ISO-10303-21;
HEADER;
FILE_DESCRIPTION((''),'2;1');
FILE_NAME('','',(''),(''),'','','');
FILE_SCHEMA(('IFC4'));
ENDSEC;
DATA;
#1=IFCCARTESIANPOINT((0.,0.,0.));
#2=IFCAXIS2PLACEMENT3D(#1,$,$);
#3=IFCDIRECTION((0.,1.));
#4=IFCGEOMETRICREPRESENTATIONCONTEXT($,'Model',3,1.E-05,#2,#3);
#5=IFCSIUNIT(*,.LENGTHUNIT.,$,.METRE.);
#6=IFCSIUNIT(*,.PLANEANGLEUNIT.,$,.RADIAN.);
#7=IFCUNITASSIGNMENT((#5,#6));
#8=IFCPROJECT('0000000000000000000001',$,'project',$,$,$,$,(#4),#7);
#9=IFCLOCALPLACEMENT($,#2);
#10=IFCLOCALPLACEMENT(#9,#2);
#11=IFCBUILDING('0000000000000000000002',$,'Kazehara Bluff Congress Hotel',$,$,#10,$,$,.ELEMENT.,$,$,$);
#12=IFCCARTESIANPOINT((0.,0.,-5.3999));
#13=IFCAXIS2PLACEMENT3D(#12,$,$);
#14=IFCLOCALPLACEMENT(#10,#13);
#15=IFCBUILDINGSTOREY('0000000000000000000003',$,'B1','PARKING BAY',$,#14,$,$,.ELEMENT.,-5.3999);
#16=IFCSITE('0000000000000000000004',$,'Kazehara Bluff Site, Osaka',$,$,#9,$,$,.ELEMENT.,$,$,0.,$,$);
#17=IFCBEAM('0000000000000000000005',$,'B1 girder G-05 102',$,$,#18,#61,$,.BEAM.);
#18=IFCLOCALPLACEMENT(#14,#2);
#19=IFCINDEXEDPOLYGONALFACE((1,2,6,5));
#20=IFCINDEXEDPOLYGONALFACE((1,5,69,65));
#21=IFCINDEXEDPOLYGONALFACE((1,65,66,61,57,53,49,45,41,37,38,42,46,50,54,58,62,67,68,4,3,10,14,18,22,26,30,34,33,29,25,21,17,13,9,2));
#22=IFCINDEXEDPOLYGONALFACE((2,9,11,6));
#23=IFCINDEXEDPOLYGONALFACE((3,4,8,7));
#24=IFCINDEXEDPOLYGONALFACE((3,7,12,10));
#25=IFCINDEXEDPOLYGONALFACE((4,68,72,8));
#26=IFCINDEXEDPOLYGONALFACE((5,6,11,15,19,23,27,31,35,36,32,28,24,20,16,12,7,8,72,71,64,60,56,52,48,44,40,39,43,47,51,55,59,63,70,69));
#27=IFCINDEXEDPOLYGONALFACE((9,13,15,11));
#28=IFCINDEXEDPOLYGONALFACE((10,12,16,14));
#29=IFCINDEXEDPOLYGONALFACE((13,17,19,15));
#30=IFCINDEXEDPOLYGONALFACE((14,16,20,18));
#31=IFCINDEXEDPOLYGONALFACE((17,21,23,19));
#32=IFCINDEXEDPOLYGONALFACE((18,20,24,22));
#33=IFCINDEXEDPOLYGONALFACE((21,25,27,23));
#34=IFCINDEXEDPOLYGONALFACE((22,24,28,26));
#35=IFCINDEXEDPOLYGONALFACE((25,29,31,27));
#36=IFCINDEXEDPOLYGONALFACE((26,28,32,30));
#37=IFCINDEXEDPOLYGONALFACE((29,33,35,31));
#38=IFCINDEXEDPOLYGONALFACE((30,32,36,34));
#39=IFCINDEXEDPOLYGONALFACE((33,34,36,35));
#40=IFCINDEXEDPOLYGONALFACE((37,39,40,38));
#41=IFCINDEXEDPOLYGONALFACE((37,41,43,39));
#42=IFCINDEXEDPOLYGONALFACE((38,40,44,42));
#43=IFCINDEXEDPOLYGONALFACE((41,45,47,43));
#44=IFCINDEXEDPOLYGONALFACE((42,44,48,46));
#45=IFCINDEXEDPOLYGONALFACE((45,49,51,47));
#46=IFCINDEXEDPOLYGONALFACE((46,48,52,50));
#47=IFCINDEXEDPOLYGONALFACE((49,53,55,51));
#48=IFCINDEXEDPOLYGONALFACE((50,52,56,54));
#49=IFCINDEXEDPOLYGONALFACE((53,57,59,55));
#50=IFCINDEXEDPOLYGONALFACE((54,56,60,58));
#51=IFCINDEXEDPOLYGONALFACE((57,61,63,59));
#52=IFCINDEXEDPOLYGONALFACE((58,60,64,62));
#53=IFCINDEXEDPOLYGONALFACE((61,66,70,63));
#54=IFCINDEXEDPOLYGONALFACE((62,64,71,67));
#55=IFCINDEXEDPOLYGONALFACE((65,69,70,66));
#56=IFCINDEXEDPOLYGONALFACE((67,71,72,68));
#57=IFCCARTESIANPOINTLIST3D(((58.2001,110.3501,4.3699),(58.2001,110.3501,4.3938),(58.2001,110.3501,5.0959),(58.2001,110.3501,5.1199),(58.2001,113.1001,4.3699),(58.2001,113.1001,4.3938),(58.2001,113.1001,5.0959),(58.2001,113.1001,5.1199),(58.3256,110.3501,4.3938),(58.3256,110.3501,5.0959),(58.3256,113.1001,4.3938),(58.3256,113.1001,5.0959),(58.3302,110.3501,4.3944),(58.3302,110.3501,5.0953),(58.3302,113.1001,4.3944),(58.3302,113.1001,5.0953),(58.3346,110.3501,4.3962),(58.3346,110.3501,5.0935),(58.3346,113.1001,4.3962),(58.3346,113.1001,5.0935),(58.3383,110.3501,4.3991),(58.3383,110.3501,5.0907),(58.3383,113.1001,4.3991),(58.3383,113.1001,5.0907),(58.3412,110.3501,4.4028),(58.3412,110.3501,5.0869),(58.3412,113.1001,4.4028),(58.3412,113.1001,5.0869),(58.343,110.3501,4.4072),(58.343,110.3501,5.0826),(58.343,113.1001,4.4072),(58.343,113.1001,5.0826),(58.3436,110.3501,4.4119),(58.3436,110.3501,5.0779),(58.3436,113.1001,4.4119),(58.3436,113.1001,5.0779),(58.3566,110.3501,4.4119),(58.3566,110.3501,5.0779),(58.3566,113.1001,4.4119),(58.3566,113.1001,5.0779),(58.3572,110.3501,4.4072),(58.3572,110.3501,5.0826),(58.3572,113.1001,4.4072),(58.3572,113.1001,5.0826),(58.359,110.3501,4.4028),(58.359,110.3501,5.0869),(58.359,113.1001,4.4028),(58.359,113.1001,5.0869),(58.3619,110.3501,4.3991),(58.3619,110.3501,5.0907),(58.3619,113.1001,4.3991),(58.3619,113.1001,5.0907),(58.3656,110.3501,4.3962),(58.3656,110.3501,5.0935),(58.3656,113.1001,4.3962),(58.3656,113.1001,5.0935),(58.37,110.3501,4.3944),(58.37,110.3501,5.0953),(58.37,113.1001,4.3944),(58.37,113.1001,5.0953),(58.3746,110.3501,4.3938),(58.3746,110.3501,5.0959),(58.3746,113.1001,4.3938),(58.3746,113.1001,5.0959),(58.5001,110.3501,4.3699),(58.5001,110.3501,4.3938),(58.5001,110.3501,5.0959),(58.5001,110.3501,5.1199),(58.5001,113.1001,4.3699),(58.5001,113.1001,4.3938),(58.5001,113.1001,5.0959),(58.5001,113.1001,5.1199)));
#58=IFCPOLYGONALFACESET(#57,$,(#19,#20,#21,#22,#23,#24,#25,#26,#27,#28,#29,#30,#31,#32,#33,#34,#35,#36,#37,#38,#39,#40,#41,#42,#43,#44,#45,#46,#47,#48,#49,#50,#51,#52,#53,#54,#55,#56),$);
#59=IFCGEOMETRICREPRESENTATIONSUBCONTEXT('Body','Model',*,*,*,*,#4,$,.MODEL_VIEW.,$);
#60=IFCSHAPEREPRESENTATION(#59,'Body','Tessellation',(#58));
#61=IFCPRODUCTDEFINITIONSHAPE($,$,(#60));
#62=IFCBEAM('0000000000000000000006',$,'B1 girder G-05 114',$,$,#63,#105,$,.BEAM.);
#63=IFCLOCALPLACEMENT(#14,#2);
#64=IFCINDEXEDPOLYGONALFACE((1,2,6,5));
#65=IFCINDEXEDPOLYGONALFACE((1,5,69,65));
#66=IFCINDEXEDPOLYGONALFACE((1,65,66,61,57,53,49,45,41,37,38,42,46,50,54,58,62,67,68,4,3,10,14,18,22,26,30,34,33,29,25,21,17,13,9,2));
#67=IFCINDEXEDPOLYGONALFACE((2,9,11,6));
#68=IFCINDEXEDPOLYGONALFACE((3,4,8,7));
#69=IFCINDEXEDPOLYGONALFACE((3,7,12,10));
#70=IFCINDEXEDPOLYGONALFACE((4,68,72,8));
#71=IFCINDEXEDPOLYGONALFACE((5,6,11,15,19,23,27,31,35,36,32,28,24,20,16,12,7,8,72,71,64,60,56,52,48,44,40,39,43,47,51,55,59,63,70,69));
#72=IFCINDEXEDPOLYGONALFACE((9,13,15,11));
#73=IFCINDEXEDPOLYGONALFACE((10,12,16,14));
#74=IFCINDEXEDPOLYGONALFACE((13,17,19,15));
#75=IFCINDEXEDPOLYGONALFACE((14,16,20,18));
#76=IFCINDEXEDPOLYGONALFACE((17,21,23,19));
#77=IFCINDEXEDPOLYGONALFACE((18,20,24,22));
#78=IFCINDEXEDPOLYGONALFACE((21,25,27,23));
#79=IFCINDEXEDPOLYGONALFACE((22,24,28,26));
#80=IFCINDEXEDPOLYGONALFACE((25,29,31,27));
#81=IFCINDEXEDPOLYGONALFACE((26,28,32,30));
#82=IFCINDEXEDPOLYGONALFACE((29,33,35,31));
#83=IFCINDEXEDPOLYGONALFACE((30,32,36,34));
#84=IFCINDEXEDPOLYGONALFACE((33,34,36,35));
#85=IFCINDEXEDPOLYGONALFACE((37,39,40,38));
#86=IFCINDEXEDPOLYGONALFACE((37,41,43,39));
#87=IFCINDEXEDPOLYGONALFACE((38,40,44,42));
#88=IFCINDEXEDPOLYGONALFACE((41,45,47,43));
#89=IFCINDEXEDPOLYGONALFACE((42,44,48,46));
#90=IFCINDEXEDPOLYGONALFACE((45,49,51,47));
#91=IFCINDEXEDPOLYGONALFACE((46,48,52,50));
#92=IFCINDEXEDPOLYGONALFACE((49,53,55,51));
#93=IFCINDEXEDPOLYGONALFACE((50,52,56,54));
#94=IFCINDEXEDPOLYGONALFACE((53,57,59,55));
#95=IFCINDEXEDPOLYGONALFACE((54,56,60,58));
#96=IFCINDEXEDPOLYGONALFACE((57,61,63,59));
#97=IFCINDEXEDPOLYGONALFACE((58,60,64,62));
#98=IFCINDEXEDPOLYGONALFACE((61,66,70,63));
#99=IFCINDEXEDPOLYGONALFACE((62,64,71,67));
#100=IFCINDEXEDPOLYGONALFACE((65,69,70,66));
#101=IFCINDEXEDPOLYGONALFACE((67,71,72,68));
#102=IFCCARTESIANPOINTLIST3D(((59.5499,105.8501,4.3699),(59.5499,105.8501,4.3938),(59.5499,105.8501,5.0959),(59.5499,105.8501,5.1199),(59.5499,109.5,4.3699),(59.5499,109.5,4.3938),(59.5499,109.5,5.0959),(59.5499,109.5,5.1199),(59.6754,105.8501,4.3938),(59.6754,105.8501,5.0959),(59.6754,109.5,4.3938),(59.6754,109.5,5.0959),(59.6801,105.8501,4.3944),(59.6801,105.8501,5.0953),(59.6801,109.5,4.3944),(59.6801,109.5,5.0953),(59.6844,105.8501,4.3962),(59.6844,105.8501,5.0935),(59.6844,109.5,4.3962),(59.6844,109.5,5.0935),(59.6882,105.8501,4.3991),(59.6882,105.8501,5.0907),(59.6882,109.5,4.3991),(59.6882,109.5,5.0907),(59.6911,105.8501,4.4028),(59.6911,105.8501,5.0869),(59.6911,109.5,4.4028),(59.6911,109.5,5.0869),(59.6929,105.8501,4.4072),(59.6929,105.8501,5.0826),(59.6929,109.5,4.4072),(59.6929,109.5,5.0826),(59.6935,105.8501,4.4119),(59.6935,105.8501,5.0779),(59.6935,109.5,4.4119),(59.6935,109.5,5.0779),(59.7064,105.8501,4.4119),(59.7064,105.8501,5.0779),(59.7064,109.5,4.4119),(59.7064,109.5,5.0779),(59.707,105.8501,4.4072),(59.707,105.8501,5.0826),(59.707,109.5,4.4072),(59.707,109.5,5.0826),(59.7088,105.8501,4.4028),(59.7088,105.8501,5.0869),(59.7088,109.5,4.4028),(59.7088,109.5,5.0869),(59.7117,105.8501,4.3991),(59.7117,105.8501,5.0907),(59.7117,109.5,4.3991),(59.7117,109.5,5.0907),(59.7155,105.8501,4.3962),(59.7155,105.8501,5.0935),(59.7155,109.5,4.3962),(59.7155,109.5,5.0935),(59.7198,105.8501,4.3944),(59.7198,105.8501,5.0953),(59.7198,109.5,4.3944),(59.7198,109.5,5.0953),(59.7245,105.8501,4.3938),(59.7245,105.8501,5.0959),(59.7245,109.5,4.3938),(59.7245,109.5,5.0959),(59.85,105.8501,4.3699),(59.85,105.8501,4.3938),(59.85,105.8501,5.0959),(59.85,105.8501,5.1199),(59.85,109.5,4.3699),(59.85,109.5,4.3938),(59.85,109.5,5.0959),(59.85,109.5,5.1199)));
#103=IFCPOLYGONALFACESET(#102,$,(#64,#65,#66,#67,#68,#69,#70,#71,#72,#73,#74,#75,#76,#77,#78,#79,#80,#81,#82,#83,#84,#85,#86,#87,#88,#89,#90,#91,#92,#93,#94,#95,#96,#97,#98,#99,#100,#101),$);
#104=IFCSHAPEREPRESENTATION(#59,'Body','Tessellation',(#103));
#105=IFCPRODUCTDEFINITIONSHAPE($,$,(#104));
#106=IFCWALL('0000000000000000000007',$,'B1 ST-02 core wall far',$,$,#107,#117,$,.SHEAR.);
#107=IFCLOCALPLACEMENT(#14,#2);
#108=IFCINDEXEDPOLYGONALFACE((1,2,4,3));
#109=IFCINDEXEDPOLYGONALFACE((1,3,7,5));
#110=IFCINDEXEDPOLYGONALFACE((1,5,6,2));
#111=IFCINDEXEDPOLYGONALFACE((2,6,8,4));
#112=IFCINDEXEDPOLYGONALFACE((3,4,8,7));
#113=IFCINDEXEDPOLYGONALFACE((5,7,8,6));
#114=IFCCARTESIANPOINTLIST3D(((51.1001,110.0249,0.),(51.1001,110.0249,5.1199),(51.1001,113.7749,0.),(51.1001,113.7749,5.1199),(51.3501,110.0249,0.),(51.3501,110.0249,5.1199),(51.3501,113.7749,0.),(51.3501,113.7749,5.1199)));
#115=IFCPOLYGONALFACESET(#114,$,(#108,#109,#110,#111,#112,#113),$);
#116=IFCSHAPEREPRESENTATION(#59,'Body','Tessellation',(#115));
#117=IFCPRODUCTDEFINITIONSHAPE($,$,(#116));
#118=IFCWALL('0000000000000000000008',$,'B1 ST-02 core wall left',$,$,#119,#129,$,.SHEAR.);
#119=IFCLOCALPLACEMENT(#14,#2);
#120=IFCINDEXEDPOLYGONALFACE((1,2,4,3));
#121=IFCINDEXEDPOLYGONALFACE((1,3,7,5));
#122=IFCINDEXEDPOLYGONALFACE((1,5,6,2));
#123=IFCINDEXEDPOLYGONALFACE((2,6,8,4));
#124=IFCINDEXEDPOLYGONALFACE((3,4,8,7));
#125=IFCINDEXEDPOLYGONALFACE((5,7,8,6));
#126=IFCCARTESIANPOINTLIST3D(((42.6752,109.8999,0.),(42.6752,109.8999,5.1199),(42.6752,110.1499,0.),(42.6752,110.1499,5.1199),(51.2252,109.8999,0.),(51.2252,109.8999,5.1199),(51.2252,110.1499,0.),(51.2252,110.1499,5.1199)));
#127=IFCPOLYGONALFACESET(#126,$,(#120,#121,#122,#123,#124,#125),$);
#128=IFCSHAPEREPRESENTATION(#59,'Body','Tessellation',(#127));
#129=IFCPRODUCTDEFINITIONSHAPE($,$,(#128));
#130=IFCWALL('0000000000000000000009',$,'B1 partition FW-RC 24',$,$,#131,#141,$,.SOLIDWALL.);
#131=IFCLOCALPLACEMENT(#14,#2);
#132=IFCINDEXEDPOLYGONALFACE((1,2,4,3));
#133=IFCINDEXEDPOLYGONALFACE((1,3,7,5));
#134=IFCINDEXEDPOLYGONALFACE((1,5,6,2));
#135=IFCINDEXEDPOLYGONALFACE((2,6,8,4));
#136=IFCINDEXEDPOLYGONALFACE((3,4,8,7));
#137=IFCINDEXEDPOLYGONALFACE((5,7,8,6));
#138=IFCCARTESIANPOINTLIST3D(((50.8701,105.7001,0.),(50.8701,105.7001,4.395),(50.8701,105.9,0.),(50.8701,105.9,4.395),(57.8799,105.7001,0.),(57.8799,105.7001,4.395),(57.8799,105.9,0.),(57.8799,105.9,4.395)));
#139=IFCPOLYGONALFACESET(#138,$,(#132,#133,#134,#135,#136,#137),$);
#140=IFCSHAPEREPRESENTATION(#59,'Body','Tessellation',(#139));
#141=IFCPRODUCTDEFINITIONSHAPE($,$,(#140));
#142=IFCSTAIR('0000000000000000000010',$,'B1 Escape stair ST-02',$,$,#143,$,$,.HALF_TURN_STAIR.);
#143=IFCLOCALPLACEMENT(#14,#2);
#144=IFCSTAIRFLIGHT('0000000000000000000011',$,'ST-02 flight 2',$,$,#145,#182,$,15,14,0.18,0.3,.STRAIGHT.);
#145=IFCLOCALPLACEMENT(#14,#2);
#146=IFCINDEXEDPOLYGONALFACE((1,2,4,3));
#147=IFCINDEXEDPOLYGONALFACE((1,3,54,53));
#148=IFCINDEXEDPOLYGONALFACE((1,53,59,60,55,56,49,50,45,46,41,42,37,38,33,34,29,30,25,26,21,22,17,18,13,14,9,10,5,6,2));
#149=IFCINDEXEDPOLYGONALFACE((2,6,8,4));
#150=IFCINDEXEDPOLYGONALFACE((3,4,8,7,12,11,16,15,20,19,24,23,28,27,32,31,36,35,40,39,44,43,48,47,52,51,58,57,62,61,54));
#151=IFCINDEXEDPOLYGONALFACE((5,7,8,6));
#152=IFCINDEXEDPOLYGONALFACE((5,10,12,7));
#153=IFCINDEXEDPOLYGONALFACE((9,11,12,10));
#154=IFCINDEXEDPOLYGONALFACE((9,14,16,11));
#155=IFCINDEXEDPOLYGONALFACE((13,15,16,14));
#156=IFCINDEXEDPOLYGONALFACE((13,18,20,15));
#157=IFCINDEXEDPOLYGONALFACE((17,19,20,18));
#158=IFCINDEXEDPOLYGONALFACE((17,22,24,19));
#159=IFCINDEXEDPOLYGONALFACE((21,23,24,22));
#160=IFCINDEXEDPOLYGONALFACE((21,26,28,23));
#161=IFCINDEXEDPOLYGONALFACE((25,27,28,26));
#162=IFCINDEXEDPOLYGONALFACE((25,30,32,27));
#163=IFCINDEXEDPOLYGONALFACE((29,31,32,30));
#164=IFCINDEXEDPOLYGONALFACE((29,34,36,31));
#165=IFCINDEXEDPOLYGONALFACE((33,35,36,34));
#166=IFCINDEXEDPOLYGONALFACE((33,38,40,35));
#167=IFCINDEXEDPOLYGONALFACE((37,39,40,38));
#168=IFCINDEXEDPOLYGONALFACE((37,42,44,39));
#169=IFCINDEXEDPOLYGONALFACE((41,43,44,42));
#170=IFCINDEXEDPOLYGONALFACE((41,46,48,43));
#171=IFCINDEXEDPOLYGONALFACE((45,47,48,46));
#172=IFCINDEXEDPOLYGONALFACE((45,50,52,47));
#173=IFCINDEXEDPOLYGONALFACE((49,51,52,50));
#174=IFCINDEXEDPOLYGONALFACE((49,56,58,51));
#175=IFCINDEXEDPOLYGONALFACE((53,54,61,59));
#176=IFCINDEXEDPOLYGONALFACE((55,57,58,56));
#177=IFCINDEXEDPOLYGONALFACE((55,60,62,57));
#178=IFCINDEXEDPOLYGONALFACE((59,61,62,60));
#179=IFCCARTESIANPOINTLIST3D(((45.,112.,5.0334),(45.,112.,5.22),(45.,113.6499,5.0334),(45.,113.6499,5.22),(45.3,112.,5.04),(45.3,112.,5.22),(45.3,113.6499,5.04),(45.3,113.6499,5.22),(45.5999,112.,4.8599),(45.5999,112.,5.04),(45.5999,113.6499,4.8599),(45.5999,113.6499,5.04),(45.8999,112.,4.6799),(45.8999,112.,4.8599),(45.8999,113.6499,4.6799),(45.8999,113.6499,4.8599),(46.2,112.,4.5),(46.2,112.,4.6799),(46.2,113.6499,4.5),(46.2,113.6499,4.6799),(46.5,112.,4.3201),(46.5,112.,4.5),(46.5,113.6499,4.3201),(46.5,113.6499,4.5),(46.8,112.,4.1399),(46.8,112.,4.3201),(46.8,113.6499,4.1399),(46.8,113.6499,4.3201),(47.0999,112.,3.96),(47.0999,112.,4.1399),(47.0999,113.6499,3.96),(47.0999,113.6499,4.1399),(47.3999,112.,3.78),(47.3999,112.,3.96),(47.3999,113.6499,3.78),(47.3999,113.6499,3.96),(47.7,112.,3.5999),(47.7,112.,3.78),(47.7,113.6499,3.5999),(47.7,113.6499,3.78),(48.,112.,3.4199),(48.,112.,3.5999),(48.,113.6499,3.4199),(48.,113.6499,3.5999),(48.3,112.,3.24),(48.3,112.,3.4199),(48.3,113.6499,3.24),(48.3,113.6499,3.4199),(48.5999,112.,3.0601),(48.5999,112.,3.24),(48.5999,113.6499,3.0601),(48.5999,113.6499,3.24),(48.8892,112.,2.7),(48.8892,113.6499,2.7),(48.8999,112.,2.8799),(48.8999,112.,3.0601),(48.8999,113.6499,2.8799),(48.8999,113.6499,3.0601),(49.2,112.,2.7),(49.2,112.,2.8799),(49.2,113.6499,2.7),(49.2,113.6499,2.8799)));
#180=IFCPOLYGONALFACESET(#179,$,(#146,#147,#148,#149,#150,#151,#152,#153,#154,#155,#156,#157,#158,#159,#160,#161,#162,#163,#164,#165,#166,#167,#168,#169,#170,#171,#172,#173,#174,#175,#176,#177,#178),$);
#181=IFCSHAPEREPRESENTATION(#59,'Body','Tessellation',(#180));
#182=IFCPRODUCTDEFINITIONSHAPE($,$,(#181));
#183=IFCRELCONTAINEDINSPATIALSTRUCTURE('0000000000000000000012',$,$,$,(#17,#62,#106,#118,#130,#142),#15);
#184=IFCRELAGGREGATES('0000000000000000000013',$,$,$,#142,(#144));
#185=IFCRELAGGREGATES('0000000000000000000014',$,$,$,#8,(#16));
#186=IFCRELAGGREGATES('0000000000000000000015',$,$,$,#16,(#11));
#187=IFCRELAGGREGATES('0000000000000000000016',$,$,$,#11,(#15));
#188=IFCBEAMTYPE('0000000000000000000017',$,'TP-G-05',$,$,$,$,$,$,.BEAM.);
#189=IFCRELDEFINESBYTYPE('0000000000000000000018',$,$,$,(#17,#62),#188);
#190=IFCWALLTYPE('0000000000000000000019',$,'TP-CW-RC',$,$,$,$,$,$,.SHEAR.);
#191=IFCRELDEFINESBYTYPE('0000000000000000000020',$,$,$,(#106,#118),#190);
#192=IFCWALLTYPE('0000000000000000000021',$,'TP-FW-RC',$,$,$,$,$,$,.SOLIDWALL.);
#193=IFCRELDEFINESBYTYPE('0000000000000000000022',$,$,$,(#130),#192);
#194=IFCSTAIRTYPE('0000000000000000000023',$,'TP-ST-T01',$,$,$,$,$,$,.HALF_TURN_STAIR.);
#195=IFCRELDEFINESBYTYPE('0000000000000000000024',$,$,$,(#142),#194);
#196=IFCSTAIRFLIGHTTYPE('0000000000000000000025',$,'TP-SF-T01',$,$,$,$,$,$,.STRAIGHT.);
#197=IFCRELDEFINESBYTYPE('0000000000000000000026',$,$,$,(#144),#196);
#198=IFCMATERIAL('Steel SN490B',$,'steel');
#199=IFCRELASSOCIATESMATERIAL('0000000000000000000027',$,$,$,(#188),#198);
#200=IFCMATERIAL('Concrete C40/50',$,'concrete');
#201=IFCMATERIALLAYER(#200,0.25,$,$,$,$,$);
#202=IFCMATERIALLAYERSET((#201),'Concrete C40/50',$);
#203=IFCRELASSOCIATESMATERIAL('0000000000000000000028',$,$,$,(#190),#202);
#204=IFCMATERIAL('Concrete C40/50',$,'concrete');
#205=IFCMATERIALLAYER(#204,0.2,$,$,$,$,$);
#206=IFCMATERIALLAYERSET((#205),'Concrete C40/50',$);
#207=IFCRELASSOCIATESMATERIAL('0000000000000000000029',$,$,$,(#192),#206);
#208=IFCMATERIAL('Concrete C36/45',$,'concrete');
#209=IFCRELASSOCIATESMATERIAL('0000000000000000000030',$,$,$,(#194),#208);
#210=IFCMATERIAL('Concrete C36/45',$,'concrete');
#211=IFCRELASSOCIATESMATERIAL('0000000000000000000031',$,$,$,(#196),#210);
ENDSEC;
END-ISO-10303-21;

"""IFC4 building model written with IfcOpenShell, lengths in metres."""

from ifc_helpers import new_model, si_unit, direction, frame, frame_2d, origin, origin_2d, place, context, subcontext, project, spatial, polyline, rectangle, i_section, outline, extrude, material, layer, layer_set, material_profile, profile_set, type_object, element, aggregate, save


model = new_model("IFC4")

# Units and contexts
model_context = context("Model", 3, precision=1e-05, world=origin(), true_north=direction((0.0, 1.0)))
body_context = subcontext(model_context, "Body", "Model", "MODEL_VIEW")
ifc_project = project(units=[si_unit("LENGTHUNIT", "METRE"), si_unit("PLANEANGLEUNIT", "RADIAN")], contexts=[model_context])

# Site, building, storey
site_placement = place(None, origin())
site = spatial("IfcSite", under=ifc_project, at=site_placement, Name="Kazehara Bluff Site, Osaka", CompositionType="ELEMENT", RefElevation=0.0)
building_placement = place(site_placement, origin())
building = spatial("IfcBuilding", under=site, at=building_placement, Name="Kazehara Bluff Congress Hotel", CompositionType="ELEMENT")
storey_placement = place(building_placement, frame((0.0, 0.0, -5.3999)))
storey = spatial("IfcBuildingStorey", under=building, at=storey_placement, Name="B1", Description="PARKING BAY", CompositionType="ELEMENT", Elevation=-5.3999)

# Beams
ifc_material_1 = material(Name="Steel SN490B", Category="steel")
ifc_material_profile_1 = material_profile(ifc_material_1, i_section(OverallWidth=0.3, OverallDepth=0.75, WebThickness=0.0129, FlangeThickness=0.0239, FilletRadius=0.0181, at=origin_2d()))
ifc_profile_set_1 = profile_set([ifc_material_profile_1], Name="Steel SN490B")
beam_type_1 = type_object("IfcBeamType", Name="TP-G-05", PredefinedType="BEAM", material=ifc_profile_set_1)
beam_1_placement = place(storey_placement, frame((58.3501, 110.3501, 4.7449), z_axis=(0.0, 1.0, 0.0), x_axis=(-1.0, 0.0, 0.0)))
element("IfcBeam", 1, at=beam_1_placement, inside=storey, type_object=beam_type_1, Name="B1 girder G-05 102", PredefinedType="BEAM", context=body_context, shape_type="SweptSolid", body=[
    extrude(i_section(OverallWidth=0.3, OverallDepth=0.75, WebThickness=0.0129, FlangeThickness=0.0239, FilletRadius=0.0181, at=origin_2d()), origin(), (0.0, 0.0, 1.0), 2.75),
])
beam_2_placement = place(storey_placement, frame((59.7, 105.8501, 4.7449), z_axis=(0.0, 1.0, 0.0), x_axis=(-1.0, 0.0, 0.0)))
element("IfcBeam", 2, at=beam_2_placement, inside=storey, type_object=beam_type_1, Name="B1 girder G-05 114", PredefinedType="BEAM", context=body_context, shape_type="SweptSolid", body=[
    extrude(i_section(OverallWidth=0.3, OverallDepth=0.75, WebThickness=0.0129, FlangeThickness=0.0239, FilletRadius=0.0181, at=origin_2d()), origin(), (0.0, 0.0, 1.0), 3.6499),
])

# Walls
ifc_material_2 = material(Name="Concrete C40/50", Category="concrete")
ifc_layer_1 = layer(ifc_material_2, 0.25)
ifc_layer_set_1 = layer_set([ifc_layer_1], Name="Concrete C40/50")
wall_type_1 = type_object("IfcWallType", Name="TP-CW-RC", PredefinedType="SHEAR", material=ifc_layer_set_1)
wall_1_placement = place(storey_placement, frame((51.2251, 113.7749, 0.0), z_axis=(0.0, 0.0, 1.0), x_axis=(0.0, -1.0, 0.0)))
element("IfcWall", 3, at=wall_1_placement, inside=storey, type_object=wall_type_1, Name="B1 ST-02 core wall far", PredefinedType="SHEAR", context=body_context, shape_type="SweptSolid", body=[
    extrude(rectangle(XDim=3.75, YDim=0.25, at=frame_2d((1.875, 0.0))), origin(), (0.0, 0.0, 1.0), 5.1199),
])
wall_2_placement = place(storey_placement, frame((51.2251, 110.0249, 0.0), z_axis=(0.0, 0.0, 1.0), x_axis=(-1.0, 0.0, 0.0)))
element("IfcWall", 4, at=wall_2_placement, inside=storey, type_object=wall_type_1, Name="B1 ST-02 core wall left", PredefinedType="SHEAR", context=body_context, shape_type="SweptSolid", body=[
    extrude(rectangle(XDim=8.55, YDim=0.25, at=frame_2d((4.2749, 0.0))), origin(), (0.0, 0.0, 1.0), 5.1199),
])
ifc_material_3 = material(Name="Concrete C40/50", Category="concrete")
ifc_layer_2 = layer(ifc_material_3, 0.2)
ifc_layer_set_2 = layer_set([ifc_layer_2], Name="Concrete C40/50")
wall_type_2 = type_object("IfcWallType", Name="TP-FW-RC", PredefinedType="SOLIDWALL", material=ifc_layer_set_2)
wall_3_placement = place(storey_placement, frame((50.8701, 105.8, 0.0), z_axis=(0.0, 0.0, 1.0), x_axis=(1.0, 0.0, 0.0)))
element("IfcWall", 5, at=wall_3_placement, inside=storey, type_object=wall_type_2, Name="B1 partition FW-RC 24", PredefinedType="SOLIDWALL", context=body_context, shape_type="SweptSolid", body=[
    extrude(rectangle(XDim=7.0098, YDim=0.2, at=frame_2d((3.5049, 0.0))), origin(), (0.0, 0.0, 1.0), 4.395),
])

# Stair, stair flight
ifc_material_4 = material(Name="Concrete C36/45", Category="concrete")
stair_type = type_object("IfcStairType", Name="TP-ST-T01", PredefinedType="HALF_TURN_STAIR", material=ifc_material_4)
stair_placement = place(storey_placement, origin())
stair = element("IfcStair", 6, at=stair_placement, inside=storey, type_object=stair_type, Name="B1 Escape stair ST-02", PredefinedType="HALF_TURN_STAIR")
ifc_material_5 = material(Name="Concrete C36/45", Category="concrete")
stair_flight_type = type_object("IfcStairFlightType", Name="TP-SF-T01", PredefinedType="STRAIGHT", material=ifc_material_5)
stair_flight_placement = place(storey_placement, frame((49.2, 112.825, 2.7), z_axis=(0.0, 0.0, 1.0), x_axis=(-1.0, 0.0, 0.0)))
stair_flight = element("IfcStairFlight", 7, at=stair_flight_placement, type_object=stair_flight_type, Name="ST-02 flight 2", NumberOfRisers=15, NumberOfTreads=14, PredefinedType="STRAIGHT", RiserHeight=0.18, TreadLength=0.3, context=body_context, shape_type="SweptSolid", body=[
    extrude(outline(polyline([(0.0, 0.0), (0.0, 0.1799), (0.3, 0.1799), (0.3, 0.3601), (0.6001, 0.3601), (0.6001, 0.54), (0.8999, 0.54), (0.8999, 0.72), (1.2, 0.72), (1.2, 0.8999), (1.5, 0.8999), (1.5, 1.0801), (1.8, 1.0801), (1.8, 1.26), (2.1001, 1.26), (2.1001, 1.4399), (2.3999, 1.4399), (2.3999, 1.6201), (2.7, 1.6201), (2.7, 1.8), (3.0, 1.8), (3.0, 1.98), (3.3, 1.98), (3.3, 2.1599), (3.6001, 2.1599), (3.6001, 2.3401), (3.8999, 2.3401), (3.8999, 2.52), (4.2, 2.52), (4.2, 2.7), (4.2, 2.3335), (0.3108, 0.0), (0.0, 0.0)])), frame((0.0, 0.825, 0.0), z_axis=(0.0, -1.0, 0.0), x_axis=(1.0, 0.0, 0.0)), (0.0, 0.0, 1.0), 1.6499),
])
aggregate(stair, [stair_flight])

save(model, "model.ifc")
